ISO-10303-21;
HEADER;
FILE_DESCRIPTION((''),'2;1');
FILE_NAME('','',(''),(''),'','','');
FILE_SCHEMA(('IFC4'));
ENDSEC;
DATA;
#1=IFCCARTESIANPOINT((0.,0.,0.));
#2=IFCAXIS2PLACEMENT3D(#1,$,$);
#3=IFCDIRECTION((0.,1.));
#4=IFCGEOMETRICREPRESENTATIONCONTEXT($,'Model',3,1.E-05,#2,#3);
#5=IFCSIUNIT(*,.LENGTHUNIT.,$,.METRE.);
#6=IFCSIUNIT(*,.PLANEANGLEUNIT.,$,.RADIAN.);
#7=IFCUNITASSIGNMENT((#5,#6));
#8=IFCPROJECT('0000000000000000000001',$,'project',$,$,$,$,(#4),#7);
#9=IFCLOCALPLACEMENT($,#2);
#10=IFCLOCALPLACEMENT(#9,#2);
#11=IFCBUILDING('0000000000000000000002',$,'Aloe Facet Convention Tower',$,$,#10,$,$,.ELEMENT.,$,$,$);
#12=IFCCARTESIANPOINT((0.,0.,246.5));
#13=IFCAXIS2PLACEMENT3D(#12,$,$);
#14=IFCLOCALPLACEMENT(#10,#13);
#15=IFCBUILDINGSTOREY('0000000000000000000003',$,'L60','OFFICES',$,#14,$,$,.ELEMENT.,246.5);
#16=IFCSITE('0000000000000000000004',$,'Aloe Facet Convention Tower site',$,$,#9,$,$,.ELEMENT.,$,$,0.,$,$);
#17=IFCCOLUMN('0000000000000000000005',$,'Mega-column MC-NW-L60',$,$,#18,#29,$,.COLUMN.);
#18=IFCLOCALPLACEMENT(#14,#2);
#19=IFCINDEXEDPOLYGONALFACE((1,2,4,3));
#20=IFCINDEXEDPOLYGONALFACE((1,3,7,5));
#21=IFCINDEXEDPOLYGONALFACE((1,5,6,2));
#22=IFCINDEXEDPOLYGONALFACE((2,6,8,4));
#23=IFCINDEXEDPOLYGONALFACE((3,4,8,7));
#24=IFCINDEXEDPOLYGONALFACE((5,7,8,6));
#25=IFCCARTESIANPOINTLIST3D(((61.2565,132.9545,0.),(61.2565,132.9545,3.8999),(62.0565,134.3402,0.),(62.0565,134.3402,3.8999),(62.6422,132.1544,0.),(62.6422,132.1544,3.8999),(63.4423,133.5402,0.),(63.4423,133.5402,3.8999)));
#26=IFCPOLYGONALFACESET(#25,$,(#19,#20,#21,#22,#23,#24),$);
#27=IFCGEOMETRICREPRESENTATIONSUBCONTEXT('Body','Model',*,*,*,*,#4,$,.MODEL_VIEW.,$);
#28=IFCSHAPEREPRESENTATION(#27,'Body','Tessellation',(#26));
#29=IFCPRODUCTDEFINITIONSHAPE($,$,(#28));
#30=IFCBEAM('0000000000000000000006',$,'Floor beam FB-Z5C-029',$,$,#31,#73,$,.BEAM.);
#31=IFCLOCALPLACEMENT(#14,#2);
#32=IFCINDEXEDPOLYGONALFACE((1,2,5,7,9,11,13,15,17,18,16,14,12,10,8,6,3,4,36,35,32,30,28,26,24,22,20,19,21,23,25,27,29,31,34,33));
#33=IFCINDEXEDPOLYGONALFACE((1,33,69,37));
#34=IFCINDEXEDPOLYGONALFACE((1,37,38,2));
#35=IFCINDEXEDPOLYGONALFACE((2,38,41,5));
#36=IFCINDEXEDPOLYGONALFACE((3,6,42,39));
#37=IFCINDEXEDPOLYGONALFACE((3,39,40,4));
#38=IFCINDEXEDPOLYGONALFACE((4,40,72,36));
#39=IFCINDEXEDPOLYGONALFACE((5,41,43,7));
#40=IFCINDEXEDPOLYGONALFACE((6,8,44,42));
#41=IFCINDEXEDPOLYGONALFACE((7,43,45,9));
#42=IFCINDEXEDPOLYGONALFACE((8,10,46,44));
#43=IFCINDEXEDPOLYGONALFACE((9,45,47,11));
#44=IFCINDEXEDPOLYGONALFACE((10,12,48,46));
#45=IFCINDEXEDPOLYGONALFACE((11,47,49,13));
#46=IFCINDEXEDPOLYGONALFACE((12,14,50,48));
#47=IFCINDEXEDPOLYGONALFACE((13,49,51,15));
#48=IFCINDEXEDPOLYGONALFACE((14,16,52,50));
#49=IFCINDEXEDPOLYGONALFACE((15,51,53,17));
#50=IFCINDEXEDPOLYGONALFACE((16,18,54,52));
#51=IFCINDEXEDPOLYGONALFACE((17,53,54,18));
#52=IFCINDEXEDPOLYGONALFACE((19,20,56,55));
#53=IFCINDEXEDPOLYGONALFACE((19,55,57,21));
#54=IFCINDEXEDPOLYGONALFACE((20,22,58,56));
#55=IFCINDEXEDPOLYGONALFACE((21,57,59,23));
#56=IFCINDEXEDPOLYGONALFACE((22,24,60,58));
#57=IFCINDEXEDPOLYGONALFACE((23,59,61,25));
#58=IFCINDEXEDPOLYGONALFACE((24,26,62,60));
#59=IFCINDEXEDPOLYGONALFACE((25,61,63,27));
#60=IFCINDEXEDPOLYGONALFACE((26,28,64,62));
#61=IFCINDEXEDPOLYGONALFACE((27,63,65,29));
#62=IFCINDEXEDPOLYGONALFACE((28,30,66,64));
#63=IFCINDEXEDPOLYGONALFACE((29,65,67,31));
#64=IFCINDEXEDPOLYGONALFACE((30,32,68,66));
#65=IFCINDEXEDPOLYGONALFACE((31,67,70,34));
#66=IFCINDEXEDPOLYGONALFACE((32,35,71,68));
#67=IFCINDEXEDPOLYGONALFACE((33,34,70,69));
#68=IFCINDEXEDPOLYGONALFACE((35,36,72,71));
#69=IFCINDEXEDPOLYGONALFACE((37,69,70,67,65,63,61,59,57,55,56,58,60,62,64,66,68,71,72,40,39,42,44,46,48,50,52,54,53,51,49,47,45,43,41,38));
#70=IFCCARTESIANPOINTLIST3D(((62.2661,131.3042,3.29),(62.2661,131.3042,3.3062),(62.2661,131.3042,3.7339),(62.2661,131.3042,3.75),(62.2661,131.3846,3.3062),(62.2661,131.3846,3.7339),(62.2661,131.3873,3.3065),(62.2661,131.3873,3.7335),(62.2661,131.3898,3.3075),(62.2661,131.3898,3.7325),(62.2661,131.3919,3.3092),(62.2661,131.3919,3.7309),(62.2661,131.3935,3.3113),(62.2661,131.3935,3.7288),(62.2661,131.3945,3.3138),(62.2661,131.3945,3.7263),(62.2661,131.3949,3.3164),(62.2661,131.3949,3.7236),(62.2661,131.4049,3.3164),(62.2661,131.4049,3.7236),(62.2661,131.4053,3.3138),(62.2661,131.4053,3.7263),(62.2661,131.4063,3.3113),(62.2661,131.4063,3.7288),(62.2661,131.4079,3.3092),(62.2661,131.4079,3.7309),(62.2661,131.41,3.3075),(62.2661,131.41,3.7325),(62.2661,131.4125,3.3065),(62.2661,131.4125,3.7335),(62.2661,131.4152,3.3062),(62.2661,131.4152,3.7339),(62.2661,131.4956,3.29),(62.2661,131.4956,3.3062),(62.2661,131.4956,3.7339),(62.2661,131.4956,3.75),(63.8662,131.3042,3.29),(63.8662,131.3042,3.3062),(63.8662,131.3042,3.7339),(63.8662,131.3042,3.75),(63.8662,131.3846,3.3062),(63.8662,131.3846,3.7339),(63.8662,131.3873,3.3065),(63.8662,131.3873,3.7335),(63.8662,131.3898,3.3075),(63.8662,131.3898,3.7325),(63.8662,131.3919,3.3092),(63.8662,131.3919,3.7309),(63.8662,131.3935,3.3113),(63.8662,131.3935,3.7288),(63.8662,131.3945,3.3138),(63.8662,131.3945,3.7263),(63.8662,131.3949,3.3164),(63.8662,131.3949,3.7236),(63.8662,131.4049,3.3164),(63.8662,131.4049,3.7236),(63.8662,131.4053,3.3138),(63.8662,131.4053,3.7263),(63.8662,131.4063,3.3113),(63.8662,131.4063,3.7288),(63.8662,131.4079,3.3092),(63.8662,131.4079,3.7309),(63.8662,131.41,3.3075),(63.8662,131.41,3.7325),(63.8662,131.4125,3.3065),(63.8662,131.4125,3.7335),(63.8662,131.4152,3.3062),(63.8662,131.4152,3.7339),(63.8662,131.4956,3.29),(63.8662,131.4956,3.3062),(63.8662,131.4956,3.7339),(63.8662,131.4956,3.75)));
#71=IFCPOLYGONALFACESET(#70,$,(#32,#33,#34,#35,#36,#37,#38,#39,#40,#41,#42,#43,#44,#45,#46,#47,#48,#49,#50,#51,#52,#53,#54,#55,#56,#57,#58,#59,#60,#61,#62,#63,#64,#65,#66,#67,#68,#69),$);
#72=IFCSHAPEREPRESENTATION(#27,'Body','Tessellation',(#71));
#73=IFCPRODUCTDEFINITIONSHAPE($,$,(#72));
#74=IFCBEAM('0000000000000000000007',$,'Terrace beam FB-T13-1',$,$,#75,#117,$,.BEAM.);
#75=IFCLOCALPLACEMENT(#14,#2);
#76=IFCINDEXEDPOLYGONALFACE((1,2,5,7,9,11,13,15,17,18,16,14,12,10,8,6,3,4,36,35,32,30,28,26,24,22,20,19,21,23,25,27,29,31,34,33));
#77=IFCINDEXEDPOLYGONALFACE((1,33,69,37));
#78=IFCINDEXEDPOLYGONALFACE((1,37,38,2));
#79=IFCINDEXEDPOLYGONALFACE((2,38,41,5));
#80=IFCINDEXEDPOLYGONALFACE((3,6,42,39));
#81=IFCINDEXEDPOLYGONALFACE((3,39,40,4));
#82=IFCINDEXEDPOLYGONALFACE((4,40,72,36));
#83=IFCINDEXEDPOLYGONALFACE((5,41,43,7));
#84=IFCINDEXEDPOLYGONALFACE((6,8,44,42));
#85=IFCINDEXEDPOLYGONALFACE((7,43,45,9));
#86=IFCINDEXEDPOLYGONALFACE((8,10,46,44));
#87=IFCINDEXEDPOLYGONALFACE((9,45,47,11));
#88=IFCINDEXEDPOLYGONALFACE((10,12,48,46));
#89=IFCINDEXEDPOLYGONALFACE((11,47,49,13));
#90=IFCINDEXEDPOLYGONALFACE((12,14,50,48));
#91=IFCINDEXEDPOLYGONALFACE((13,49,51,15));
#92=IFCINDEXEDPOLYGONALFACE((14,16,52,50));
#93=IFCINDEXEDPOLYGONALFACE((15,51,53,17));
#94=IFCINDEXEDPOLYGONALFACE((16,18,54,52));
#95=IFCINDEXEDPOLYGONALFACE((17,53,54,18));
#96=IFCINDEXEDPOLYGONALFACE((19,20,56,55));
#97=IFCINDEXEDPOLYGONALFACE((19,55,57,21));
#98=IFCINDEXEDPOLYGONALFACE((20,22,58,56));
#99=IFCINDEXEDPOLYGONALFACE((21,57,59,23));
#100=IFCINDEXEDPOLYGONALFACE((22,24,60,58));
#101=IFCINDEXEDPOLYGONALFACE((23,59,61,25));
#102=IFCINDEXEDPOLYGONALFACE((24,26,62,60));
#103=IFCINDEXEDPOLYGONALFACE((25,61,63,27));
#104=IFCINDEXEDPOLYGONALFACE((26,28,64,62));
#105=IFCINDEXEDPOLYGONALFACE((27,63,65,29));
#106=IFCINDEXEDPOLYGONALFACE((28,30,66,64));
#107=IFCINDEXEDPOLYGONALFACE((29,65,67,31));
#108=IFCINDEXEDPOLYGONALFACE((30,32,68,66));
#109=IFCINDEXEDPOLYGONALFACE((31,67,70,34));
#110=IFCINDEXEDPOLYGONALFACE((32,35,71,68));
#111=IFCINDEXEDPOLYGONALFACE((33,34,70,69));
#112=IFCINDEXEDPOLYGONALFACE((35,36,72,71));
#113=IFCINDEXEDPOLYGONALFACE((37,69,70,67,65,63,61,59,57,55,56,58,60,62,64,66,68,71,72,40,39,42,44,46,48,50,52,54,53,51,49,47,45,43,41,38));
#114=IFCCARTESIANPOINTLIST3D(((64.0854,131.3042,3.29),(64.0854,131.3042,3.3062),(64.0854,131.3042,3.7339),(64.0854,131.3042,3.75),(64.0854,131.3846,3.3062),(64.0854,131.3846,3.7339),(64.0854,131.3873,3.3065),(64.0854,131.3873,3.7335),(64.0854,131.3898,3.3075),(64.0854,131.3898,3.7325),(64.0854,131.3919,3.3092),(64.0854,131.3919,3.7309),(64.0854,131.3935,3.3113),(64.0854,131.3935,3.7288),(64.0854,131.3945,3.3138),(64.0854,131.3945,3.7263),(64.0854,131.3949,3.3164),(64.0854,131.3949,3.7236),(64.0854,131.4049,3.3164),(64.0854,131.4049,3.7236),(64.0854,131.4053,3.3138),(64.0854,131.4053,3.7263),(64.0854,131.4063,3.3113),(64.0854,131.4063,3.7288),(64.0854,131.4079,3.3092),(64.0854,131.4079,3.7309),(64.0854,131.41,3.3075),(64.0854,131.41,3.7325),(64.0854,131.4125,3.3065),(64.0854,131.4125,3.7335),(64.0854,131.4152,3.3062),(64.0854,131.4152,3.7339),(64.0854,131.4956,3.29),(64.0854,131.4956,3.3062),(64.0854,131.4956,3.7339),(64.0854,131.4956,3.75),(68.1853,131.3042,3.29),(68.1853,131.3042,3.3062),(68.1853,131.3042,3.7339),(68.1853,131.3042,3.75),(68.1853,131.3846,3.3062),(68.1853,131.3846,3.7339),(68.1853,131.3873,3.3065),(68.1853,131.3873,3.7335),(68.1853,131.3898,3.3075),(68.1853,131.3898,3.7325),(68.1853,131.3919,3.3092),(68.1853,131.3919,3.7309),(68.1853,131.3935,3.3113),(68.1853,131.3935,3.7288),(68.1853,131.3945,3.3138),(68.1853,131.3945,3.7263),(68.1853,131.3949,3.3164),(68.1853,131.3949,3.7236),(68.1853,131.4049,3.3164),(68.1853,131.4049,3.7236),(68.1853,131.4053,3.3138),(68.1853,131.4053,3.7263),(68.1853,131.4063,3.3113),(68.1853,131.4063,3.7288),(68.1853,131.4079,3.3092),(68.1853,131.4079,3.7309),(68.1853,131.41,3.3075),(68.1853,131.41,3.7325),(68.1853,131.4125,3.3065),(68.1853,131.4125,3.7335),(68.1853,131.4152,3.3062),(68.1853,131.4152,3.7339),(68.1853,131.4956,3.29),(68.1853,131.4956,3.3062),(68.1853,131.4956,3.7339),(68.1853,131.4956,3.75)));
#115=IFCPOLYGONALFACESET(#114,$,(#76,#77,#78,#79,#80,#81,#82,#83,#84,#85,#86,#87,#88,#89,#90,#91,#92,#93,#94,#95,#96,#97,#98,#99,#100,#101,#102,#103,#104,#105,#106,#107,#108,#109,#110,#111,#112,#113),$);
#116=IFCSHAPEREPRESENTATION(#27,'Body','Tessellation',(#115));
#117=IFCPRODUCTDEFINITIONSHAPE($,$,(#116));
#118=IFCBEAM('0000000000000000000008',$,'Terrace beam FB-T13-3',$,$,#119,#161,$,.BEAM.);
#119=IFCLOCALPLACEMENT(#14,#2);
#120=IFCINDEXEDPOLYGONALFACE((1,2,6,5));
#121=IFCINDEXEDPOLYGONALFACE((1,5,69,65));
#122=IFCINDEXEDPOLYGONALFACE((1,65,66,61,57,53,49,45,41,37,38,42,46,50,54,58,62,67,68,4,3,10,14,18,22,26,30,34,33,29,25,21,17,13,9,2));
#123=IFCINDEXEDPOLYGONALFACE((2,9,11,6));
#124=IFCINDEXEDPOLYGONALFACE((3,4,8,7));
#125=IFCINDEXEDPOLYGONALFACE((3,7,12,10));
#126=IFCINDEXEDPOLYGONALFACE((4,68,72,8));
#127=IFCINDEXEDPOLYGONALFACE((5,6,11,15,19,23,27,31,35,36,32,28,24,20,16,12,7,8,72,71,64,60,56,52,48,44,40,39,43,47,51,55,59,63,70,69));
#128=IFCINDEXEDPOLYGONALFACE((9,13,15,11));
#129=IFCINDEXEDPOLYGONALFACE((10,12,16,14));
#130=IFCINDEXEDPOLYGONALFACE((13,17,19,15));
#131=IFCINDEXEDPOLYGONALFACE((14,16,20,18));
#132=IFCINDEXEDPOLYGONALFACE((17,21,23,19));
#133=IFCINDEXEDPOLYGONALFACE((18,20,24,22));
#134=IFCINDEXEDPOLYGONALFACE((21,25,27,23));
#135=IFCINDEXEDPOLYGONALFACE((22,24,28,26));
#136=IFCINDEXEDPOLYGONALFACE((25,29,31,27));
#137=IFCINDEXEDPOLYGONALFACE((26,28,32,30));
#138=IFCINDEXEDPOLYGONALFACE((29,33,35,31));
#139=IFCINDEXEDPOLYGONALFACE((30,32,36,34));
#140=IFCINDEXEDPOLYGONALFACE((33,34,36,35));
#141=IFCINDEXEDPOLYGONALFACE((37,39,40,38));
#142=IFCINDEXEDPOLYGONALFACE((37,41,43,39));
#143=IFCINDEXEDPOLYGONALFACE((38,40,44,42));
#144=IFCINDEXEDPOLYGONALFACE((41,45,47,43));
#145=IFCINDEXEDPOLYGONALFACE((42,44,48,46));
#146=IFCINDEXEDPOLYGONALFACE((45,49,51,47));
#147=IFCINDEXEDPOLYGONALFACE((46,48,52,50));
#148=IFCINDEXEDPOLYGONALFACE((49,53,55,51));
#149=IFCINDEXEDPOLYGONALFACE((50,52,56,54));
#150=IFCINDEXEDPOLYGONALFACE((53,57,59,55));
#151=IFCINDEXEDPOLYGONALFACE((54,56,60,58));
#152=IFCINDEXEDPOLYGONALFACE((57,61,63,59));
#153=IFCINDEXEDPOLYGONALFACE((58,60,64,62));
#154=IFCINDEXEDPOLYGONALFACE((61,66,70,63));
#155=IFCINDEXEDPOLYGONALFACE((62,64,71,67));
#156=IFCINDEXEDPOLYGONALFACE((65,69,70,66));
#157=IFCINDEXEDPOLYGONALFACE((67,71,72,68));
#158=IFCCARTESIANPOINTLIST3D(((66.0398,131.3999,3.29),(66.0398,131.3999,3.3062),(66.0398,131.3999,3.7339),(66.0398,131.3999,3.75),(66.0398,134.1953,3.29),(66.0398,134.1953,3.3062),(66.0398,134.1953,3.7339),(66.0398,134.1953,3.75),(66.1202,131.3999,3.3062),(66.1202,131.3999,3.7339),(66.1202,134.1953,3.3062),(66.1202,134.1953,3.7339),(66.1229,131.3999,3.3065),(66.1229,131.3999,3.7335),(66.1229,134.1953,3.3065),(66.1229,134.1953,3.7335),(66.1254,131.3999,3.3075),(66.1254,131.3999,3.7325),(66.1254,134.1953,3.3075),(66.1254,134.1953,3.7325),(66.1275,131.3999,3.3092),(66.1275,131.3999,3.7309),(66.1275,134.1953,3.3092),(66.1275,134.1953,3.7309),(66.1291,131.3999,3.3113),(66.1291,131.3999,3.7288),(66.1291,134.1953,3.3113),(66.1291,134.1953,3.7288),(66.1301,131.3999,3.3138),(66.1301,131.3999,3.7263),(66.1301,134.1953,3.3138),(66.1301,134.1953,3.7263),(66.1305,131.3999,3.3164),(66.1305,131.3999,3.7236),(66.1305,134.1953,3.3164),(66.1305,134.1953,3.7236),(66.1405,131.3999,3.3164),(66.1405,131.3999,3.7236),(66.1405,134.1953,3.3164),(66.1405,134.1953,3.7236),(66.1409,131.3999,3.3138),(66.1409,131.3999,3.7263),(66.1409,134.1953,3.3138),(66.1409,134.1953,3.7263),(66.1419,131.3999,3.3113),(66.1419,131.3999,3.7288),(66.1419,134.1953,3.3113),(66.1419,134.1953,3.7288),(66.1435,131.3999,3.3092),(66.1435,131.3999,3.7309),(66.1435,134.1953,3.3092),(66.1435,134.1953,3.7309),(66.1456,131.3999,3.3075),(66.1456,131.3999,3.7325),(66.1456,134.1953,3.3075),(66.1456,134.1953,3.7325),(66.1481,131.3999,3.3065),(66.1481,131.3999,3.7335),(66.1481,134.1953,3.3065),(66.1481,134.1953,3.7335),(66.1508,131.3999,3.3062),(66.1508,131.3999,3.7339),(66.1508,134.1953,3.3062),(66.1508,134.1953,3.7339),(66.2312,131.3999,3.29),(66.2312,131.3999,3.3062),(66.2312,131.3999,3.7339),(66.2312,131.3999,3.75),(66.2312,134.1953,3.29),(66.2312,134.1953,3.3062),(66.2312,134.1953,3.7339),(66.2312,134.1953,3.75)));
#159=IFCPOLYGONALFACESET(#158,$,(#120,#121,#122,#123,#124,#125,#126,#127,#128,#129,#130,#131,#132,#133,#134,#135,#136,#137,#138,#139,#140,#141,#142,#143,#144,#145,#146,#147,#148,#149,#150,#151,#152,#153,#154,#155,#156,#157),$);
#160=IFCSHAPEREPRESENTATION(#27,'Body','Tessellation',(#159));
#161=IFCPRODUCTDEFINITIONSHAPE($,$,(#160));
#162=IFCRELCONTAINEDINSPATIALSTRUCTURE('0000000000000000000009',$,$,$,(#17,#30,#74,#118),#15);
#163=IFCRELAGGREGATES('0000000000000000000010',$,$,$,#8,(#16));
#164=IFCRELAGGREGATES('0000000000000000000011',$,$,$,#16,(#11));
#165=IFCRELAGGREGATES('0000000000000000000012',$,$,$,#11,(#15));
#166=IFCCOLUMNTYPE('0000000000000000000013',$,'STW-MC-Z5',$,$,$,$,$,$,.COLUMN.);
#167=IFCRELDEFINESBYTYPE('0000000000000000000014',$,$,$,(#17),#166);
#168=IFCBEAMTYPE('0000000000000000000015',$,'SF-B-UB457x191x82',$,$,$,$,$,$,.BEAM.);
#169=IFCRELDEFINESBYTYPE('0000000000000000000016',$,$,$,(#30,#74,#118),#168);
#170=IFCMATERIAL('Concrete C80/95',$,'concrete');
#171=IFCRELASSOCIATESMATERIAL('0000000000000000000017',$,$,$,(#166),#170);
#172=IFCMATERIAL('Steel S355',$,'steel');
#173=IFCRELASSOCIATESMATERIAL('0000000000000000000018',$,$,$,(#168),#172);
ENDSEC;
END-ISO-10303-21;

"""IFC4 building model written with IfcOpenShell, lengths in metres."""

from ifc_helpers import new_model, si_unit, direction, frame, origin, origin_2d, place, context, subcontext, project, spatial, rectangle, i_section, extrude, material, material_profile, profile_set, type_object, element, save


model = new_model("IFC4")

# Units and contexts
model_context = context("Model", 3, precision=1e-05, world=origin(), true_north=direction((0.0, 1.0)))
body_context = subcontext(model_context, "Body", "Model", "MODEL_VIEW")
ifc_project = project(units=[si_unit("LENGTHUNIT", "METRE"), si_unit("PLANEANGLEUNIT", "RADIAN")], contexts=[model_context])

# Site, building, storey
site_placement = place(None, origin())
site = spatial("IfcSite", under=ifc_project, at=site_placement, Name="Aloe Facet Convention Tower site", CompositionType="ELEMENT", RefElevation=0.0)
building_placement = place(site_placement, origin())
building = spatial("IfcBuilding", under=site, at=building_placement, Name="Aloe Facet Convention Tower", CompositionType="ELEMENT")
storey_placement = place(building_placement, frame((0.0, 0.0, 246.5)))
storey = spatial("IfcBuildingStorey", under=building, at=storey_placement, Name="L60", Description="OFFICES", CompositionType="ELEMENT", Elevation=246.5)

# Column
ifc_material_1 = material(Name="Concrete C80/95", Category="concrete")
ifc_material_profile_1 = material_profile(ifc_material_1, rectangle(XDim=1.6001, YDim=1.6001, at=origin_2d()), Name="STW-MC-Z5")
ifc_profile_set_1 = profile_set([ifc_material_profile_1], Name="Concrete C80/95")
column_type = type_object("IfcColumnType", Name="STW-MC-Z5", PredefinedType="COLUMN", material=ifc_profile_set_1)
column_placement = place(storey_placement, frame((62.3494, 133.2473, 0.0), z_axis=(0.0, 0.0, 1.0), x_axis=(-0.5, -0.866025, 0.0)))
element("IfcColumn", 1, at=column_placement, inside=storey, type_object=column_type, Name="Mega-column MC-NW-L60", PredefinedType="COLUMN", context=body_context, shape_type="SweptSolid", body=[
    extrude(rectangle(XDim=1.6001, YDim=1.6001, at=origin_2d()), origin(), (0.0, 0.0, 1.0), 3.8999),
])

# Beams
ifc_material_2 = material(Name="Steel S355", Category="steel")
ifc_material_profile_2 = material_profile(ifc_material_2, i_section(OverallWidth=0.1914, OverallDepth=0.46, WebThickness=0.01, FlangeThickness=0.0161, FilletRadius=0.0103, at=origin_2d()), Name="UB 457x191x82")
ifc_profile_set_2 = profile_set([ifc_material_profile_2], Name="Steel S355")
beam_type_1 = type_object("IfcBeamType", Name="SF-B-UB457x191x82", PredefinedType="BEAM", material=ifc_profile_set_2)
beam_1_placement = place(storey_placement, frame((62.2661, 131.3999, 3.52), z_axis=(1.0, 0.0, 0.0), x_axis=(0.0, 1.0, 0.0)))
element("IfcBeam", 2, at=beam_1_placement, inside=storey, type_object=beam_type_1, Name="Floor beam FB-Z5C-029", PredefinedType="BEAM", context=body_context, shape_type="SweptSolid", body=[
    extrude(i_section(OverallWidth=0.1914, OverallDepth=0.46, WebThickness=0.01, FlangeThickness=0.0161, FilletRadius=0.0103, at=origin_2d()), origin(), (0.0, 0.0, 1.0), 1.6001),
])
beam_2_placement = place(storey_placement, frame((64.0854, 131.3999, 3.52), z_axis=(1.0, 0.0, 0.0), x_axis=(0.0, 1.0, 0.0)))
element("IfcBeam", 3, at=beam_2_placement, inside=storey, type_object=beam_type_1, Name="Terrace beam FB-T13-1", PredefinedType="BEAM", context=body_context, shape_type="SweptSolid", body=[
    extrude(i_section(OverallWidth=0.1914, OverallDepth=0.46, WebThickness=0.01, FlangeThickness=0.0161, FilletRadius=0.0103, at=origin_2d()), origin(), (0.0, 0.0, 1.0), 4.0999),
])
beam_3_placement = place(storey_placement, frame((66.1355, 131.3999, 3.52), z_axis=(0.0, 1.0, 0.0), x_axis=(-1.0, 0.0, 0.0)))
element("IfcBeam", 4, at=beam_3_placement, inside=storey, type_object=beam_type_1, Name="Terrace beam FB-T13-3", PredefinedType="BEAM", context=body_context, shape_type="SweptSolid", body=[
    extrude(i_section(OverallWidth=0.1914, OverallDepth=0.46, WebThickness=0.01, FlangeThickness=0.0161, FilletRadius=0.0103, at=origin_2d()), origin(), (0.0, 0.0, 1.0), 2.7954),
])

save(model, "model.ifc")
